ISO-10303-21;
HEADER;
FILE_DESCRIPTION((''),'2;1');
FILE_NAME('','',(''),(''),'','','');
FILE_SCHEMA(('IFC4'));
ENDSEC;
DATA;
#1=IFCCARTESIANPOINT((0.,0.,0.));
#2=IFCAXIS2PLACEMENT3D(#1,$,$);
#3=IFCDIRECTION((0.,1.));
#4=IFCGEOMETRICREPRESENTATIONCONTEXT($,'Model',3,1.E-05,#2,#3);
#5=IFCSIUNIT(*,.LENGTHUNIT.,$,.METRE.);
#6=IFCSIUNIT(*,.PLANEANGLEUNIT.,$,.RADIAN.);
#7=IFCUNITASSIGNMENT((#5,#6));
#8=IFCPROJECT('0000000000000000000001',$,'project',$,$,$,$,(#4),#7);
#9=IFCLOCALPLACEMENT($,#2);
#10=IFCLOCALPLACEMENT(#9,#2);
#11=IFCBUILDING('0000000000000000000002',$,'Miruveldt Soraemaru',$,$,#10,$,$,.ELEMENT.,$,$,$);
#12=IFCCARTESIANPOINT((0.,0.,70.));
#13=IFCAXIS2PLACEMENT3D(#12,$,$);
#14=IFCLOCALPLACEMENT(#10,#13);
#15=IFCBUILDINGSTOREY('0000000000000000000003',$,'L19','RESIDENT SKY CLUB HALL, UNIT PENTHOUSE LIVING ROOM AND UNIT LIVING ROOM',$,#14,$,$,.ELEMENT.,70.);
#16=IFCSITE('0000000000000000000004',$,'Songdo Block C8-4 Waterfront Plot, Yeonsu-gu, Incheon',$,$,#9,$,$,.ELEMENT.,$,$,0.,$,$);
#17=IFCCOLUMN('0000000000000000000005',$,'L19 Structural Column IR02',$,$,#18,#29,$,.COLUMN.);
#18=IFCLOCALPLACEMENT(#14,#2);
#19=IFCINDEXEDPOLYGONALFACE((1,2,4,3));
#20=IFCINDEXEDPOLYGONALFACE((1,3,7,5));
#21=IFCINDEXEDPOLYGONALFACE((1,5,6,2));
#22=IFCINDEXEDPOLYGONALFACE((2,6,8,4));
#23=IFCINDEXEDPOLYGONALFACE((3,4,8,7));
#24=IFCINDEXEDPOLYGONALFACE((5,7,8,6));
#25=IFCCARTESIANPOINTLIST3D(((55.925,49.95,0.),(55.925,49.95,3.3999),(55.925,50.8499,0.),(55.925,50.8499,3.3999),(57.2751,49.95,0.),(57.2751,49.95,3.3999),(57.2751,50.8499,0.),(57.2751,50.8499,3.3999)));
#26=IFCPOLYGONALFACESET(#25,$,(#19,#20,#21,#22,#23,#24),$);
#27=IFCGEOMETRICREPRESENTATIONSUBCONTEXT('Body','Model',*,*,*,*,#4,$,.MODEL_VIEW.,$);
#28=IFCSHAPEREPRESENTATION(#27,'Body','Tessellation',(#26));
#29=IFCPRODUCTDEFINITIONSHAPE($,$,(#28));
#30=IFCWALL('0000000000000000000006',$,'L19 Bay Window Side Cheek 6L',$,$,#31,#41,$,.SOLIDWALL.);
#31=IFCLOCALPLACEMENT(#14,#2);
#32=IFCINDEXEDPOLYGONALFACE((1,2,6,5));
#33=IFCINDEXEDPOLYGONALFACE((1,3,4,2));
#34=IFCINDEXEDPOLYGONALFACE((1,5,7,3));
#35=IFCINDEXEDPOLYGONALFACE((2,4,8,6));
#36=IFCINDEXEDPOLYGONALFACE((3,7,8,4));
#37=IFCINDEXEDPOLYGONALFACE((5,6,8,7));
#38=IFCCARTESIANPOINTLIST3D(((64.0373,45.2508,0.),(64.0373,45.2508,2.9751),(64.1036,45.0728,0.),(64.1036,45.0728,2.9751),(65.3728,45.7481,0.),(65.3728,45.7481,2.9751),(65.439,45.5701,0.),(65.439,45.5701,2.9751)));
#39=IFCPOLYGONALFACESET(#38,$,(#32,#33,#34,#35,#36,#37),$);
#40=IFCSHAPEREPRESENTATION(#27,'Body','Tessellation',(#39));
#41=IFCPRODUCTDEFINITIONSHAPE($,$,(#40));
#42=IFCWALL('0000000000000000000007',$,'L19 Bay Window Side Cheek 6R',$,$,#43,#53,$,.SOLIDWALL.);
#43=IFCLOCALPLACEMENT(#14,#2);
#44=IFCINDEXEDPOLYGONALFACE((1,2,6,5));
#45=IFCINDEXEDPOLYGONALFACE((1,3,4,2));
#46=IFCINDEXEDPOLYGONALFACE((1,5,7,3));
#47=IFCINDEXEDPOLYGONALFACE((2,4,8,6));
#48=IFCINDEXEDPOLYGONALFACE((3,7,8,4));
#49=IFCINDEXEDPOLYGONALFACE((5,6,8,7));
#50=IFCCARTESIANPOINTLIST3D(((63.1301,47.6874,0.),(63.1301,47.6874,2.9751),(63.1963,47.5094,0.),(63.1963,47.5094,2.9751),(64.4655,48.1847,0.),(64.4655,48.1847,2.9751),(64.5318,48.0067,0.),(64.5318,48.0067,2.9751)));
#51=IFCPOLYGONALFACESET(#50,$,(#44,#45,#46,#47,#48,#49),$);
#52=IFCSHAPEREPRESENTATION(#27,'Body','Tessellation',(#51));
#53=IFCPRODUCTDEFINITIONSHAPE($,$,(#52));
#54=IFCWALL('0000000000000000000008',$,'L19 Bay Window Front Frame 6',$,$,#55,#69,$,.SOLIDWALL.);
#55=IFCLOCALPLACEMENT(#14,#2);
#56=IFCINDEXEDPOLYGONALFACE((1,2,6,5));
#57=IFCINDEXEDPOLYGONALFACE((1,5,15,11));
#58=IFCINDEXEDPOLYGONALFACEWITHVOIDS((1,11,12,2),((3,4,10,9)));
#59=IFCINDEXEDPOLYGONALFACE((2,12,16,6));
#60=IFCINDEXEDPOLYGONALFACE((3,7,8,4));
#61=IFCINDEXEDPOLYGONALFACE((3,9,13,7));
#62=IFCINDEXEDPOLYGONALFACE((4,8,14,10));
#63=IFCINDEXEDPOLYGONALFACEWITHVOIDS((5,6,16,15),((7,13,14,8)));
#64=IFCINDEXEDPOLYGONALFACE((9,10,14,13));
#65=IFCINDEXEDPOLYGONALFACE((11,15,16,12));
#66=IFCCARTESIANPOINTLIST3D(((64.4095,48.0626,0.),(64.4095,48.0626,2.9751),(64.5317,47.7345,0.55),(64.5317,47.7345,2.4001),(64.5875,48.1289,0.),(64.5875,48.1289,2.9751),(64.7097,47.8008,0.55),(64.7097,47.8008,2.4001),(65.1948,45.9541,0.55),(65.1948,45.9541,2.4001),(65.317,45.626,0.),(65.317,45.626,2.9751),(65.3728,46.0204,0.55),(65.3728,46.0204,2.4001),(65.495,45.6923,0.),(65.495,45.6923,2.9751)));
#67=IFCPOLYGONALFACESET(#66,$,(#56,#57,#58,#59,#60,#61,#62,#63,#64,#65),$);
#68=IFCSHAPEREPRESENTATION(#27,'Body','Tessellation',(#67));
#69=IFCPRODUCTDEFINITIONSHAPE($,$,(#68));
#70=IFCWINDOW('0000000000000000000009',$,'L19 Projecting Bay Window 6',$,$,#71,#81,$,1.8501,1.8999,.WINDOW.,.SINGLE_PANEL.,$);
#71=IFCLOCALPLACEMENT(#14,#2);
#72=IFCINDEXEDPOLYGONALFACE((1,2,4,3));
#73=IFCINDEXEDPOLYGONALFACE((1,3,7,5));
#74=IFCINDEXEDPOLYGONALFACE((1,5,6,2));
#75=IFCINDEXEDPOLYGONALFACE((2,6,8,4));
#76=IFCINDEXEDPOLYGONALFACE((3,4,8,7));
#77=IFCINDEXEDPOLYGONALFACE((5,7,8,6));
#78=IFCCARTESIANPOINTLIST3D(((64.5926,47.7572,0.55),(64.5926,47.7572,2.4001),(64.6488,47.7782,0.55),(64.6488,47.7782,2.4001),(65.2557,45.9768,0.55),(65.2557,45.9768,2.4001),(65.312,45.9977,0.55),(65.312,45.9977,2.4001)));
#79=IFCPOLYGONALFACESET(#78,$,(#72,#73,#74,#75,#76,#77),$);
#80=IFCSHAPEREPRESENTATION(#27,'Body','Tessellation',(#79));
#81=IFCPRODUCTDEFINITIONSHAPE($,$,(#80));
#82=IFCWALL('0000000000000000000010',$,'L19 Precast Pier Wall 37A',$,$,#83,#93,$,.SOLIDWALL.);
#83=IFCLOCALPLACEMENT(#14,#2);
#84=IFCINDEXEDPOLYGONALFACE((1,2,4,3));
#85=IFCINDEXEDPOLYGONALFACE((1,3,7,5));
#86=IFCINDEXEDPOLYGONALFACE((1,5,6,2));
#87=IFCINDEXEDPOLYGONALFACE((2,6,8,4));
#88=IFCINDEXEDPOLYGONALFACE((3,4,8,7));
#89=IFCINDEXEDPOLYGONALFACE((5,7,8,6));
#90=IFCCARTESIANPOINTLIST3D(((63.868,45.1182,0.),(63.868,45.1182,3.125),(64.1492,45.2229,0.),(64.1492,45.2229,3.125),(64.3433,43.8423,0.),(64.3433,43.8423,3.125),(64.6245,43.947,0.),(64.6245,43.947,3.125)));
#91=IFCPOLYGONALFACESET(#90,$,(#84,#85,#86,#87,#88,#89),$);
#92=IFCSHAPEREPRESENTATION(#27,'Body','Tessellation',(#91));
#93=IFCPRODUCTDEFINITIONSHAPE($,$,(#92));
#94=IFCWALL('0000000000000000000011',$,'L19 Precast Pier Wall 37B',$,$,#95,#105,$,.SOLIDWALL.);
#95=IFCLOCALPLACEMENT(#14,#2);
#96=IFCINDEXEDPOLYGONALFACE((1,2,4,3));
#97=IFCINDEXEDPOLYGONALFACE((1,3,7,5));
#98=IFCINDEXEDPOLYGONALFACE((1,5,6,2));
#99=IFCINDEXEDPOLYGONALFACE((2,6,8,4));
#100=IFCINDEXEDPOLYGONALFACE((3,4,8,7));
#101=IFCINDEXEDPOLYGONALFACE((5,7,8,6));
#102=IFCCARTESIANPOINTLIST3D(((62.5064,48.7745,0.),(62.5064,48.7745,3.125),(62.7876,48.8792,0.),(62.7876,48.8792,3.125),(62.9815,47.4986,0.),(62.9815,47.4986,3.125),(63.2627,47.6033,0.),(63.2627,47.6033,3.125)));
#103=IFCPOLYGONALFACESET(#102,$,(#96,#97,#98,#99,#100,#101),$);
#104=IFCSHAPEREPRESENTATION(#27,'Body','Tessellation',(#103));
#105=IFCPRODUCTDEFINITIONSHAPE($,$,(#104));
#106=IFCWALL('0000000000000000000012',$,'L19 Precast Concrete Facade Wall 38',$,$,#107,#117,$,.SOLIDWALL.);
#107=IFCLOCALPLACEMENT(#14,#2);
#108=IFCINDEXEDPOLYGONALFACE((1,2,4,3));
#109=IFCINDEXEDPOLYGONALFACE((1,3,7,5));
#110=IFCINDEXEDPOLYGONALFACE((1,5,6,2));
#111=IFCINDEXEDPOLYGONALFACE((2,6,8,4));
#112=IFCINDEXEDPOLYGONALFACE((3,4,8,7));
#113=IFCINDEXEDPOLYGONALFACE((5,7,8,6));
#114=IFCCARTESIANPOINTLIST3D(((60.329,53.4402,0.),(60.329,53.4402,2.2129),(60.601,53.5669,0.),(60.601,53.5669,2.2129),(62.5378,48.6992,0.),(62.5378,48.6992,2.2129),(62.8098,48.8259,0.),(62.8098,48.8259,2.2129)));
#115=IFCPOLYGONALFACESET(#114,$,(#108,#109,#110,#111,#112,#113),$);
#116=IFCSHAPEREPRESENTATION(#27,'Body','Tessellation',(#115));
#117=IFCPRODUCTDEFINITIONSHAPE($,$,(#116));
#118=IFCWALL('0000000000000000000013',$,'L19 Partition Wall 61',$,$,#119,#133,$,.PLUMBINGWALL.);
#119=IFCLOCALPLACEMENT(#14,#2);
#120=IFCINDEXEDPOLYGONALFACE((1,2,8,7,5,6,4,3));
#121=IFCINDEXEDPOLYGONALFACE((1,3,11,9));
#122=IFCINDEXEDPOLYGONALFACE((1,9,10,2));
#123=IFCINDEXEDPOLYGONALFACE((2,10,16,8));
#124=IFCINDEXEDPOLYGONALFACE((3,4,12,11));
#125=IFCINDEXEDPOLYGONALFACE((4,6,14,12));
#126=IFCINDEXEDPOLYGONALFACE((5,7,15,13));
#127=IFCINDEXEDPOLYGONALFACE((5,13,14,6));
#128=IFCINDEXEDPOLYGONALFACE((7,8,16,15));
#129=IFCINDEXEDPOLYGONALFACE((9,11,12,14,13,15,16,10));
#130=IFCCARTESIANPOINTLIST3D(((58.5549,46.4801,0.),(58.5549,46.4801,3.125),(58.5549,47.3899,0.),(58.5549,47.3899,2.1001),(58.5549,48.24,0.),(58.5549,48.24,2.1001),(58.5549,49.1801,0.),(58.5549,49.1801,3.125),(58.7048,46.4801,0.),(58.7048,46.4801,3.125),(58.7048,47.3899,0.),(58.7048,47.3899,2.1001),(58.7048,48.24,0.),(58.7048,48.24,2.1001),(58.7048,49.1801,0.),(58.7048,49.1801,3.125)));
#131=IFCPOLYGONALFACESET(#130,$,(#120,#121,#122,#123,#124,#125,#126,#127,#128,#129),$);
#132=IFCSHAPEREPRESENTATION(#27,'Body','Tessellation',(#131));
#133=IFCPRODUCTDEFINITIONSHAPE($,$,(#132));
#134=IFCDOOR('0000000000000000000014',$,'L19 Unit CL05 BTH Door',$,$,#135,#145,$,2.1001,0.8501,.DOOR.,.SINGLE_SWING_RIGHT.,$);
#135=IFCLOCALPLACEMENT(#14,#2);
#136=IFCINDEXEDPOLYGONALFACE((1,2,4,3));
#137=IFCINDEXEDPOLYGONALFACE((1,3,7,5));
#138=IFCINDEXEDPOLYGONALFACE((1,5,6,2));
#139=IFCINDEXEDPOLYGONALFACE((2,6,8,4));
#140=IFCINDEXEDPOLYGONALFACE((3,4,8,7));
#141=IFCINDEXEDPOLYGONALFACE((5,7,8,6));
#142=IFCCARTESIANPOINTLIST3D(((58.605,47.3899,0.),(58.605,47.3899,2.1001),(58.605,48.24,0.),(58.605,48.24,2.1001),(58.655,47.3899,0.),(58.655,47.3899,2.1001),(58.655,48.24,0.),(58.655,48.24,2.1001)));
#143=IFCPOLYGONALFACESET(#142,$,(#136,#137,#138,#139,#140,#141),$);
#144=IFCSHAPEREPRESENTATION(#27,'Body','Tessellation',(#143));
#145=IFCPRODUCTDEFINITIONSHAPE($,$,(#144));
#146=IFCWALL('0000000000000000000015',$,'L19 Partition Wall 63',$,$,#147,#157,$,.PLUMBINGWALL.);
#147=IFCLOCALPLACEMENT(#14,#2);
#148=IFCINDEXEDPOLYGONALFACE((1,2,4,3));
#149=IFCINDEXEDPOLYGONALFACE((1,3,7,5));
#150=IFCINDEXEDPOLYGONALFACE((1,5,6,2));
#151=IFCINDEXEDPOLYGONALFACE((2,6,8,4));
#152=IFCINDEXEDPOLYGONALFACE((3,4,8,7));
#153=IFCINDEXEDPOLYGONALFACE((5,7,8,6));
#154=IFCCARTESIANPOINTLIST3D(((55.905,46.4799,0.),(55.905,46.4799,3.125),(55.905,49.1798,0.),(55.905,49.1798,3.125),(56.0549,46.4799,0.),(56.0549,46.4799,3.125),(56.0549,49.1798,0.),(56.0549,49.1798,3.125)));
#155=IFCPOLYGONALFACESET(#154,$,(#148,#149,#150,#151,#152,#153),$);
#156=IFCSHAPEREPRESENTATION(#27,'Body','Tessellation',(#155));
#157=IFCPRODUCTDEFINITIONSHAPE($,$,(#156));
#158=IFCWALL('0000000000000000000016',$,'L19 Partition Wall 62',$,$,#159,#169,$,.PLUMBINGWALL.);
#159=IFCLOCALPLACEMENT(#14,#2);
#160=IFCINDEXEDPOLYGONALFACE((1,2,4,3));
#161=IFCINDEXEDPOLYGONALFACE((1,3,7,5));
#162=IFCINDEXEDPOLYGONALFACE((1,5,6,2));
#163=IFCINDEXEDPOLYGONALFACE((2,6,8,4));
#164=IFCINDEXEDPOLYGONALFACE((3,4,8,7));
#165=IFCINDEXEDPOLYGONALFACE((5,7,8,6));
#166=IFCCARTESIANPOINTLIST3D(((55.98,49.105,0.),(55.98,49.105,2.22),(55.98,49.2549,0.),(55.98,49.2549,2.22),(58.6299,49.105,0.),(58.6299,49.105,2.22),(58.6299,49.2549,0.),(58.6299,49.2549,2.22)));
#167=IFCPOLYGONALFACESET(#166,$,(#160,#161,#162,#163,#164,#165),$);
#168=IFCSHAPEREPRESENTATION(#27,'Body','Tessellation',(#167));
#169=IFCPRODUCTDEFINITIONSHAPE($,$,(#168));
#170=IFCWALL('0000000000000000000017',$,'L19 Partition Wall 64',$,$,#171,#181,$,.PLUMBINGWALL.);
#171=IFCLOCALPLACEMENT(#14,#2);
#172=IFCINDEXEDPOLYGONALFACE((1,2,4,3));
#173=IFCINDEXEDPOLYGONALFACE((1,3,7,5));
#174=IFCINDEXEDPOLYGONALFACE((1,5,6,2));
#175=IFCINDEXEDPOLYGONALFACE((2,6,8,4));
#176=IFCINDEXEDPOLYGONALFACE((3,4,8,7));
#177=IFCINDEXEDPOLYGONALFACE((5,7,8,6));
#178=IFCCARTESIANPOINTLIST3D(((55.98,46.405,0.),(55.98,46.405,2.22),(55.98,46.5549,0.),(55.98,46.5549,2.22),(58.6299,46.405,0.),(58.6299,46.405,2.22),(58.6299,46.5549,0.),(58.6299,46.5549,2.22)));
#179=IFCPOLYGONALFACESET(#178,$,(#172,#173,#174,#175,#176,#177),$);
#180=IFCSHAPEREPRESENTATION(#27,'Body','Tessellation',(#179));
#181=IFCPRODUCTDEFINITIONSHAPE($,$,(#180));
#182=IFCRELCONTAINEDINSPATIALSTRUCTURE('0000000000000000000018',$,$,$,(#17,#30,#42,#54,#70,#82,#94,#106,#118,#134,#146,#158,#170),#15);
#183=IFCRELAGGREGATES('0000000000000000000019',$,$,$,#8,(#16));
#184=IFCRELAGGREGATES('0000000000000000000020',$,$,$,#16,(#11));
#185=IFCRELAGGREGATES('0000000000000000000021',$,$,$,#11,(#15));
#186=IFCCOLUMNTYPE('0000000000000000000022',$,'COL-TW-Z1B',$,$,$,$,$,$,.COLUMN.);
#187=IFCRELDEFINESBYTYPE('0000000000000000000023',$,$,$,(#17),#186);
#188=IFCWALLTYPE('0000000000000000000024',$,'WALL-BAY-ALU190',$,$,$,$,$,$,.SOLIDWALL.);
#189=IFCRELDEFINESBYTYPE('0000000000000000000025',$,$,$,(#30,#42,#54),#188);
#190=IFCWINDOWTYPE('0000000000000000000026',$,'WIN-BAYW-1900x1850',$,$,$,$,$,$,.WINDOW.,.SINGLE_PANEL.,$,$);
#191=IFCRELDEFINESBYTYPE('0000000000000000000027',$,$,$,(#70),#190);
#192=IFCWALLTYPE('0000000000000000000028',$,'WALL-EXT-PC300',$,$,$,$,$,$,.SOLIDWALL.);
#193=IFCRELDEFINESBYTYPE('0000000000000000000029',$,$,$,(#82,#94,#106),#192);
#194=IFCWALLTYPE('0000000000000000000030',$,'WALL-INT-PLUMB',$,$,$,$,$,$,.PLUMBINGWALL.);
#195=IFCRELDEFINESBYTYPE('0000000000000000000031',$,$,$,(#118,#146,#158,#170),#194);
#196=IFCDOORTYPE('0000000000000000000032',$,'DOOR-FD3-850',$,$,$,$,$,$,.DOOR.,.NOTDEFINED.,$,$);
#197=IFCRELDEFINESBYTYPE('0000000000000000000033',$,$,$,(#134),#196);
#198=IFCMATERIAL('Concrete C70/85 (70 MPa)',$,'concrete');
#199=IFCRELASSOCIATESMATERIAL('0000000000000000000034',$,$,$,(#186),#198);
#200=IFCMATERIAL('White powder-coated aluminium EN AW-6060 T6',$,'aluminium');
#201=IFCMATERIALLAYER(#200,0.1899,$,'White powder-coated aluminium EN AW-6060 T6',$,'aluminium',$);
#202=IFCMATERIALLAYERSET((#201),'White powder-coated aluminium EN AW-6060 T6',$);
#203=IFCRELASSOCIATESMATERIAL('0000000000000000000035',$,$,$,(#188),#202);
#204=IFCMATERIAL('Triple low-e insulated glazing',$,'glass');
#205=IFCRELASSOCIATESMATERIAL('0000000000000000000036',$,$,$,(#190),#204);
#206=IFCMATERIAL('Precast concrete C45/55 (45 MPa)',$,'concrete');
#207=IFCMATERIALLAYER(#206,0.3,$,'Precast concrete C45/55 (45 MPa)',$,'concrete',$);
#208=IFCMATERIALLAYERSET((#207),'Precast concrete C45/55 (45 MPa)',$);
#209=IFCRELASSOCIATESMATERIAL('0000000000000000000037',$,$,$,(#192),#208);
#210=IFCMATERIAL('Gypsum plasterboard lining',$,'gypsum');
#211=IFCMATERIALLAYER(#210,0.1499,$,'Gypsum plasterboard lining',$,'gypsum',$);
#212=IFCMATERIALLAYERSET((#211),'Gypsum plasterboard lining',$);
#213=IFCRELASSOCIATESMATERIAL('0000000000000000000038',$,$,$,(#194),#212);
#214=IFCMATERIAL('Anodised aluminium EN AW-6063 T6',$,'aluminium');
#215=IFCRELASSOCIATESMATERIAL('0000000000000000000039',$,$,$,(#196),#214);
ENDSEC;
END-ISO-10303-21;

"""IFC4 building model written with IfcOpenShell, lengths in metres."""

from ifc_helpers import new_model, si_unit, direction, frame, frame_2d, origin, origin_2d, place, context, subcontext, project, spatial, rectangle, extrude, material, layer, layer_set, material_profile, profile_set, type_object, element, fill, save


model = new_model("IFC4")

# Units and contexts
model_context = context("Model", 3, precision=1e-05, world=origin(), true_north=direction((0.0, 1.0)))
body_context = subcontext(model_context, "Body", "Model", "MODEL_VIEW")
ifc_project = project(units=[si_unit("LENGTHUNIT", "METRE"), si_unit("PLANEANGLEUNIT", "RADIAN")], contexts=[model_context])

# Site, building, storey
site_placement = place(None, origin())
site = spatial("IfcSite", under=ifc_project, at=site_placement, Name="Songdo Block C8-4 Waterfront Plot, Yeonsu-gu, Incheon", CompositionType="ELEMENT", RefElevation=0.0)
building_placement = place(site_placement, origin())
building = spatial("IfcBuilding", under=site, at=building_placement, Name="Miruveldt Soraemaru", CompositionType="ELEMENT")
storey_placement = place(building_placement, frame((0.0, 0.0, 70.0)))
storey = spatial("IfcBuildingStorey", under=building, at=storey_placement, Name="L19", Description="RESIDENT SKY CLUB HALL, UNIT PENTHOUSE LIVING ROOM AND UNIT LIVING ROOM", CompositionType="ELEMENT", Elevation=70.0)

# Column
ifc_material_1 = material(Name="Concrete C70/85 (70 MPa)", Category="concrete")
ifc_material_profile = material_profile(ifc_material_1, rectangle(XDim=1.3501, YDim=0.8999, at=origin_2d()), Name="Concrete C70/85 (70 MPa)", Category="concrete")
ifc_profile_set = profile_set([ifc_material_profile], Name="Concrete C70/85 (70 MPa)")
column_type = type_object("IfcColumnType", Name="COL-TW-Z1B", PredefinedType="COLUMN", material=ifc_profile_set)
column_placement = place(storey_placement, frame((56.6001, 50.3999, 0.0), z_axis=(0.0, 0.0, 1.0), x_axis=(1.0, 0.0, 0.0)))
element("IfcColumn", 1, at=column_placement, inside=storey, type_object=column_type, Name="L19 Structural Column IR02", PredefinedType="COLUMN", context=body_context, shape_type="SweptSolid", body=[
    extrude(rectangle(XDim=1.3501, YDim=0.8999, at=origin_2d()), origin(), (0.0, 0.0, 1.0), 3.3999),
])

# Walls
ifc_material_2 = material(Name="White powder-coated aluminium EN AW-6060 T6", Category="aluminium")
ifc_layer_1 = layer(ifc_material_2, 0.1899, Name="White powder-coated aluminium EN AW-6060 T6", Category="aluminium")
ifc_layer_set_1 = layer_set([ifc_layer_1], Name="White powder-coated aluminium EN AW-6060 T6")
wall_type_1 = type_object("IfcWallType", Name="WALL-BAY-ALU190", PredefinedType="SOLIDWALL", material=ifc_layer_set_1)
for number, where, z_axis, x_axis, name in (
    (2, (64.0706, 45.1619, 0.0), (0.0, 0.0, 1.0), (0.937129, 0.348982, 0.0), "L19 Bay Window Side Cheek 6L"),
    (3, (64.4985, 48.0957, 0.0), (0.0, 0.0, 1.0), (-0.937129, -0.348982, 0.0), "L19 Bay Window Side Cheek 6R"),
):
    element("IfcWall", number, at=place(storey_placement, frame(where, z_axis=z_axis, x_axis=x_axis)), inside=storey, type_object=wall_type_1, Name=name, PredefinedType="SOLIDWALL", context=body_context, shape_type="SweptSolid", body=[
        extrude(rectangle(XDim=1.425, YDim=0.1899, at=frame_2d((0.7124, 0.0))), origin(), (0.0, 0.0, 1.0), 2.9751),
    ])

# Wall, opening, window
wall_1_placement = place(storey_placement, frame((65.406, 45.6592, 0.0), z_axis=(0.0, 0.0, 1.0), x_axis=(-0.349023, 0.937114, 0.0)))
wall_1 = element("IfcWall", 4, at=wall_1_placement, inside=storey, type_object=wall_type_1, Name="L19 Bay Window Front Frame 6", PredefinedType="SOLIDWALL", context=body_context, shape_type="SweptSolid", body=[
    extrude(rectangle(XDim=2.6001, YDim=0.1899, at=frame_2d((1.3, 0.0))), origin(), (0.0, 0.0, 1.0), 2.9751),
])
opening_1_placement = place(wall_1_placement, frame((0.3501, 0.0, 0.55)))
opening_1 = element("IfcOpeningElement", 5, at=opening_1_placement, cuts=wall_1, PredefinedType="OPENING", context=body_context, shape_type="SweptSolid", body=[
    extrude(rectangle(XDim=1.8999, YDim=1.8501, at=frame_2d((0.95, 0.925))), frame((0.0, 0.105, 0.0), z_axis=(0.0, -1.0, 0.0), x_axis=(1.0, 0.0, 0.0)), (0.0, 0.0, 1.0), 0.21),
])
ifc_material_3 = material(Name="Triple low-e insulated glazing", Category="glass")
window_type = type_object("IfcWindowType", Name="WIN-BAYW-1900x1850", PartitioningType="SINGLE_PANEL", PredefinedType="WINDOW", material=ifc_material_3)
window_placement = place(opening_1_placement, origin())
window = element("IfcWindow", 6, at=window_placement, inside=storey, type_object=window_type, Name="L19 Projecting Bay Window 6", OverallHeight=1.8501, OverallWidth=1.8999, PartitioningType="SINGLE_PANEL", PredefinedType="WINDOW", context=body_context, shape_type="SweptSolid", body=[
    extrude(rectangle(XDim=1.8999, YDim=1.8501, at=frame_2d((0.95, 0.925))), frame((0.0, 0.03, 0.0), z_axis=(0.0, -1.0, 0.0), x_axis=(1.0, 0.0, 0.0)), (0.0, 0.0, 1.0), 0.0601),
])
fill(opening_1, window)

# Walls
ifc_material_4 = material(Name="Precast concrete C45/55 (45 MPa)", Category="concrete")
ifc_layer_2 = layer(ifc_material_4, 0.3, Name="Precast concrete C45/55 (45 MPa)", Category="concrete")
ifc_layer_set_2 = layer_set([ifc_layer_2], Name="Precast concrete C45/55 (45 MPa)")
wall_type_2 = type_object("IfcWallType", Name="WALL-EXT-PC300", PredefinedType="SOLIDWALL", material=ifc_layer_set_2)
for number, where, z_axis, x_axis, name in (
    (7, (64.4839, 43.8948, 0.0), (0.0, 0.0, 1.0), (-0.349118, 0.937079, 0.0), "L19 Precast Pier Wall 37A"),
    (8, (63.1221, 47.551, 0.0), (0.0, 0.0, 1.0), (-0.348961, 0.937137, 0.0), "L19 Precast Pier Wall 37B"),
):
    element("IfcWall", number, at=place(storey_placement, frame(where, z_axis=z_axis, x_axis=x_axis)), inside=storey, type_object=wall_type_2, Name=name, PredefinedType="SOLIDWALL", context=body_context, shape_type="SweptSolid", body=[
        extrude(rectangle(XDim=1.3616, YDim=0.3, at=frame_2d((0.6807, 0.0))), origin(), (0.0, 0.0, 1.0), 3.125),
    ])
wall_2_placement = place(storey_placement, frame((62.6738, 48.7625, 0.0), z_axis=(0.0, 0.0, 1.0), x_axis=(-0.422303, 0.906455, 0.0)))
element("IfcWall", 9, at=wall_2_placement, inside=storey, type_object=wall_type_2, Name="L19 Precast Concrete Facade Wall 38", PredefinedType="SOLIDWALL", context=body_context, shape_type="SweptSolid", body=[
    extrude(rectangle(XDim=5.2302, YDim=0.3, at=frame_2d((2.6152, 0.0))), origin(), (0.0, 0.0, 1.0), 2.2129),
])

# Wall, opening, door
ifc_material_5 = material(Name="Gypsum plasterboard lining", Category="gypsum")
ifc_layer_3 = layer(ifc_material_5, 0.1499, Name="Gypsum plasterboard lining", Category="gypsum")
ifc_layer_set_3 = layer_set([ifc_layer_3], Name="Gypsum plasterboard lining")
wall_type_3 = type_object("IfcWallType", Name="WALL-INT-PLUMB", PredefinedType="PLUMBINGWALL", material=ifc_layer_set_3)
wall_3_placement = place(storey_placement, frame((58.6299, 46.48, 0.0), z_axis=(0.0, 0.0, 1.0), x_axis=(0.0, 1.0, 0.0)))
wall_3 = element("IfcWall", 10, at=wall_3_placement, inside=storey, type_object=wall_type_3, Name="L19 Partition Wall 61", PredefinedType="PLUMBINGWALL", context=body_context, shape_type="SweptSolid", body=[
    extrude(rectangle(XDim=2.7, YDim=0.1499, at=frame_2d((1.3501, 0.0))), origin(), (0.0, 0.0, 1.0), 3.125),
])
opening_2_placement = place(wall_3_placement, frame((0.9099, 0.0, 0.0)))
opening_2 = element("IfcOpeningElement", 11, at=opening_2_placement, cuts=wall_3, PredefinedType="OPENING", context=body_context, shape_type="SweptSolid", body=[
    extrude(rectangle(XDim=0.8501, YDim=2.1001, at=frame_2d((0.425, 1.05))), frame((0.0, 0.085, 0.0), z_axis=(0.0, -1.0, 0.0), x_axis=(1.0, 0.0, 0.0)), (0.0, 0.0, 1.0), 0.1699),
])
ifc_material_6 = material(Name="Anodised aluminium EN AW-6063 T6", Category="aluminium")
door_type_1 = type_object("IfcDoorType", Name="DOOR-FD3-850", OperationType="NOTDEFINED", PredefinedType="DOOR", material=ifc_material_6)
door_1_placement = place(opening_2_placement, origin())
door_1 = element("IfcDoor", 12, at=door_1_placement, inside=storey, type_object=door_type_1, Name="L19 Unit CL05 BTH Door", OperationType="SINGLE_SWING_RIGHT", OverallHeight=2.1001, OverallWidth=0.8501, PredefinedType="DOOR", context=body_context, shape_type="SweptSolid", body=[
    extrude(rectangle(XDim=0.8501, YDim=2.1001, at=frame_2d((0.425, 1.05))), frame((0.0, 0.0249, 0.0), z_axis=(0.0, -1.0, 0.0), x_axis=(1.0, 0.0, 0.0)), (0.0, 0.0, 1.0), 0.05),
])
fill(opening_2, door_1)

# Walls
wall_4_placement = place(storey_placement, frame((55.98, 49.1799, 0.0), z_axis=(0.0, 0.0, 1.0), x_axis=(0.0, -1.0, 0.0)))
element("IfcWall", 13, at=wall_4_placement, inside=storey, type_object=wall_type_3, Name="L19 Partition Wall 63", PredefinedType="PLUMBINGWALL", context=body_context, shape_type="SweptSolid", body=[
    extrude(rectangle(XDim=2.7, YDim=0.1499, at=frame_2d((1.3501, 0.0))), origin(), (0.0, 0.0, 1.0), 3.125),
])
for number, where, z_axis, x_axis, name in (
    (14, (58.6299, 49.1799, 0.0), (0.0, 0.0, 1.0), (-1.0, 0.0, 0.0), "L19 Partition Wall 62"),
    (15, (55.98, 46.48, 0.0), (0.0, 0.0, 1.0), (1.0, 0.0, 0.0), "L19 Partition Wall 64"),
):
    element("IfcWall", number, at=place(storey_placement, frame(where, z_axis=z_axis, x_axis=x_axis)), inside=storey, type_object=wall_type_3, Name=name, PredefinedType="PLUMBINGWALL", context=body_context, shape_type="SweptSolid", body=[
        extrude(rectangle(XDim=2.6499, YDim=0.1499, at=frame_2d((1.325, 0.0))), origin(), (0.0, 0.0, 1.0), 2.22),
    ])

save(model, "model.ifc")
